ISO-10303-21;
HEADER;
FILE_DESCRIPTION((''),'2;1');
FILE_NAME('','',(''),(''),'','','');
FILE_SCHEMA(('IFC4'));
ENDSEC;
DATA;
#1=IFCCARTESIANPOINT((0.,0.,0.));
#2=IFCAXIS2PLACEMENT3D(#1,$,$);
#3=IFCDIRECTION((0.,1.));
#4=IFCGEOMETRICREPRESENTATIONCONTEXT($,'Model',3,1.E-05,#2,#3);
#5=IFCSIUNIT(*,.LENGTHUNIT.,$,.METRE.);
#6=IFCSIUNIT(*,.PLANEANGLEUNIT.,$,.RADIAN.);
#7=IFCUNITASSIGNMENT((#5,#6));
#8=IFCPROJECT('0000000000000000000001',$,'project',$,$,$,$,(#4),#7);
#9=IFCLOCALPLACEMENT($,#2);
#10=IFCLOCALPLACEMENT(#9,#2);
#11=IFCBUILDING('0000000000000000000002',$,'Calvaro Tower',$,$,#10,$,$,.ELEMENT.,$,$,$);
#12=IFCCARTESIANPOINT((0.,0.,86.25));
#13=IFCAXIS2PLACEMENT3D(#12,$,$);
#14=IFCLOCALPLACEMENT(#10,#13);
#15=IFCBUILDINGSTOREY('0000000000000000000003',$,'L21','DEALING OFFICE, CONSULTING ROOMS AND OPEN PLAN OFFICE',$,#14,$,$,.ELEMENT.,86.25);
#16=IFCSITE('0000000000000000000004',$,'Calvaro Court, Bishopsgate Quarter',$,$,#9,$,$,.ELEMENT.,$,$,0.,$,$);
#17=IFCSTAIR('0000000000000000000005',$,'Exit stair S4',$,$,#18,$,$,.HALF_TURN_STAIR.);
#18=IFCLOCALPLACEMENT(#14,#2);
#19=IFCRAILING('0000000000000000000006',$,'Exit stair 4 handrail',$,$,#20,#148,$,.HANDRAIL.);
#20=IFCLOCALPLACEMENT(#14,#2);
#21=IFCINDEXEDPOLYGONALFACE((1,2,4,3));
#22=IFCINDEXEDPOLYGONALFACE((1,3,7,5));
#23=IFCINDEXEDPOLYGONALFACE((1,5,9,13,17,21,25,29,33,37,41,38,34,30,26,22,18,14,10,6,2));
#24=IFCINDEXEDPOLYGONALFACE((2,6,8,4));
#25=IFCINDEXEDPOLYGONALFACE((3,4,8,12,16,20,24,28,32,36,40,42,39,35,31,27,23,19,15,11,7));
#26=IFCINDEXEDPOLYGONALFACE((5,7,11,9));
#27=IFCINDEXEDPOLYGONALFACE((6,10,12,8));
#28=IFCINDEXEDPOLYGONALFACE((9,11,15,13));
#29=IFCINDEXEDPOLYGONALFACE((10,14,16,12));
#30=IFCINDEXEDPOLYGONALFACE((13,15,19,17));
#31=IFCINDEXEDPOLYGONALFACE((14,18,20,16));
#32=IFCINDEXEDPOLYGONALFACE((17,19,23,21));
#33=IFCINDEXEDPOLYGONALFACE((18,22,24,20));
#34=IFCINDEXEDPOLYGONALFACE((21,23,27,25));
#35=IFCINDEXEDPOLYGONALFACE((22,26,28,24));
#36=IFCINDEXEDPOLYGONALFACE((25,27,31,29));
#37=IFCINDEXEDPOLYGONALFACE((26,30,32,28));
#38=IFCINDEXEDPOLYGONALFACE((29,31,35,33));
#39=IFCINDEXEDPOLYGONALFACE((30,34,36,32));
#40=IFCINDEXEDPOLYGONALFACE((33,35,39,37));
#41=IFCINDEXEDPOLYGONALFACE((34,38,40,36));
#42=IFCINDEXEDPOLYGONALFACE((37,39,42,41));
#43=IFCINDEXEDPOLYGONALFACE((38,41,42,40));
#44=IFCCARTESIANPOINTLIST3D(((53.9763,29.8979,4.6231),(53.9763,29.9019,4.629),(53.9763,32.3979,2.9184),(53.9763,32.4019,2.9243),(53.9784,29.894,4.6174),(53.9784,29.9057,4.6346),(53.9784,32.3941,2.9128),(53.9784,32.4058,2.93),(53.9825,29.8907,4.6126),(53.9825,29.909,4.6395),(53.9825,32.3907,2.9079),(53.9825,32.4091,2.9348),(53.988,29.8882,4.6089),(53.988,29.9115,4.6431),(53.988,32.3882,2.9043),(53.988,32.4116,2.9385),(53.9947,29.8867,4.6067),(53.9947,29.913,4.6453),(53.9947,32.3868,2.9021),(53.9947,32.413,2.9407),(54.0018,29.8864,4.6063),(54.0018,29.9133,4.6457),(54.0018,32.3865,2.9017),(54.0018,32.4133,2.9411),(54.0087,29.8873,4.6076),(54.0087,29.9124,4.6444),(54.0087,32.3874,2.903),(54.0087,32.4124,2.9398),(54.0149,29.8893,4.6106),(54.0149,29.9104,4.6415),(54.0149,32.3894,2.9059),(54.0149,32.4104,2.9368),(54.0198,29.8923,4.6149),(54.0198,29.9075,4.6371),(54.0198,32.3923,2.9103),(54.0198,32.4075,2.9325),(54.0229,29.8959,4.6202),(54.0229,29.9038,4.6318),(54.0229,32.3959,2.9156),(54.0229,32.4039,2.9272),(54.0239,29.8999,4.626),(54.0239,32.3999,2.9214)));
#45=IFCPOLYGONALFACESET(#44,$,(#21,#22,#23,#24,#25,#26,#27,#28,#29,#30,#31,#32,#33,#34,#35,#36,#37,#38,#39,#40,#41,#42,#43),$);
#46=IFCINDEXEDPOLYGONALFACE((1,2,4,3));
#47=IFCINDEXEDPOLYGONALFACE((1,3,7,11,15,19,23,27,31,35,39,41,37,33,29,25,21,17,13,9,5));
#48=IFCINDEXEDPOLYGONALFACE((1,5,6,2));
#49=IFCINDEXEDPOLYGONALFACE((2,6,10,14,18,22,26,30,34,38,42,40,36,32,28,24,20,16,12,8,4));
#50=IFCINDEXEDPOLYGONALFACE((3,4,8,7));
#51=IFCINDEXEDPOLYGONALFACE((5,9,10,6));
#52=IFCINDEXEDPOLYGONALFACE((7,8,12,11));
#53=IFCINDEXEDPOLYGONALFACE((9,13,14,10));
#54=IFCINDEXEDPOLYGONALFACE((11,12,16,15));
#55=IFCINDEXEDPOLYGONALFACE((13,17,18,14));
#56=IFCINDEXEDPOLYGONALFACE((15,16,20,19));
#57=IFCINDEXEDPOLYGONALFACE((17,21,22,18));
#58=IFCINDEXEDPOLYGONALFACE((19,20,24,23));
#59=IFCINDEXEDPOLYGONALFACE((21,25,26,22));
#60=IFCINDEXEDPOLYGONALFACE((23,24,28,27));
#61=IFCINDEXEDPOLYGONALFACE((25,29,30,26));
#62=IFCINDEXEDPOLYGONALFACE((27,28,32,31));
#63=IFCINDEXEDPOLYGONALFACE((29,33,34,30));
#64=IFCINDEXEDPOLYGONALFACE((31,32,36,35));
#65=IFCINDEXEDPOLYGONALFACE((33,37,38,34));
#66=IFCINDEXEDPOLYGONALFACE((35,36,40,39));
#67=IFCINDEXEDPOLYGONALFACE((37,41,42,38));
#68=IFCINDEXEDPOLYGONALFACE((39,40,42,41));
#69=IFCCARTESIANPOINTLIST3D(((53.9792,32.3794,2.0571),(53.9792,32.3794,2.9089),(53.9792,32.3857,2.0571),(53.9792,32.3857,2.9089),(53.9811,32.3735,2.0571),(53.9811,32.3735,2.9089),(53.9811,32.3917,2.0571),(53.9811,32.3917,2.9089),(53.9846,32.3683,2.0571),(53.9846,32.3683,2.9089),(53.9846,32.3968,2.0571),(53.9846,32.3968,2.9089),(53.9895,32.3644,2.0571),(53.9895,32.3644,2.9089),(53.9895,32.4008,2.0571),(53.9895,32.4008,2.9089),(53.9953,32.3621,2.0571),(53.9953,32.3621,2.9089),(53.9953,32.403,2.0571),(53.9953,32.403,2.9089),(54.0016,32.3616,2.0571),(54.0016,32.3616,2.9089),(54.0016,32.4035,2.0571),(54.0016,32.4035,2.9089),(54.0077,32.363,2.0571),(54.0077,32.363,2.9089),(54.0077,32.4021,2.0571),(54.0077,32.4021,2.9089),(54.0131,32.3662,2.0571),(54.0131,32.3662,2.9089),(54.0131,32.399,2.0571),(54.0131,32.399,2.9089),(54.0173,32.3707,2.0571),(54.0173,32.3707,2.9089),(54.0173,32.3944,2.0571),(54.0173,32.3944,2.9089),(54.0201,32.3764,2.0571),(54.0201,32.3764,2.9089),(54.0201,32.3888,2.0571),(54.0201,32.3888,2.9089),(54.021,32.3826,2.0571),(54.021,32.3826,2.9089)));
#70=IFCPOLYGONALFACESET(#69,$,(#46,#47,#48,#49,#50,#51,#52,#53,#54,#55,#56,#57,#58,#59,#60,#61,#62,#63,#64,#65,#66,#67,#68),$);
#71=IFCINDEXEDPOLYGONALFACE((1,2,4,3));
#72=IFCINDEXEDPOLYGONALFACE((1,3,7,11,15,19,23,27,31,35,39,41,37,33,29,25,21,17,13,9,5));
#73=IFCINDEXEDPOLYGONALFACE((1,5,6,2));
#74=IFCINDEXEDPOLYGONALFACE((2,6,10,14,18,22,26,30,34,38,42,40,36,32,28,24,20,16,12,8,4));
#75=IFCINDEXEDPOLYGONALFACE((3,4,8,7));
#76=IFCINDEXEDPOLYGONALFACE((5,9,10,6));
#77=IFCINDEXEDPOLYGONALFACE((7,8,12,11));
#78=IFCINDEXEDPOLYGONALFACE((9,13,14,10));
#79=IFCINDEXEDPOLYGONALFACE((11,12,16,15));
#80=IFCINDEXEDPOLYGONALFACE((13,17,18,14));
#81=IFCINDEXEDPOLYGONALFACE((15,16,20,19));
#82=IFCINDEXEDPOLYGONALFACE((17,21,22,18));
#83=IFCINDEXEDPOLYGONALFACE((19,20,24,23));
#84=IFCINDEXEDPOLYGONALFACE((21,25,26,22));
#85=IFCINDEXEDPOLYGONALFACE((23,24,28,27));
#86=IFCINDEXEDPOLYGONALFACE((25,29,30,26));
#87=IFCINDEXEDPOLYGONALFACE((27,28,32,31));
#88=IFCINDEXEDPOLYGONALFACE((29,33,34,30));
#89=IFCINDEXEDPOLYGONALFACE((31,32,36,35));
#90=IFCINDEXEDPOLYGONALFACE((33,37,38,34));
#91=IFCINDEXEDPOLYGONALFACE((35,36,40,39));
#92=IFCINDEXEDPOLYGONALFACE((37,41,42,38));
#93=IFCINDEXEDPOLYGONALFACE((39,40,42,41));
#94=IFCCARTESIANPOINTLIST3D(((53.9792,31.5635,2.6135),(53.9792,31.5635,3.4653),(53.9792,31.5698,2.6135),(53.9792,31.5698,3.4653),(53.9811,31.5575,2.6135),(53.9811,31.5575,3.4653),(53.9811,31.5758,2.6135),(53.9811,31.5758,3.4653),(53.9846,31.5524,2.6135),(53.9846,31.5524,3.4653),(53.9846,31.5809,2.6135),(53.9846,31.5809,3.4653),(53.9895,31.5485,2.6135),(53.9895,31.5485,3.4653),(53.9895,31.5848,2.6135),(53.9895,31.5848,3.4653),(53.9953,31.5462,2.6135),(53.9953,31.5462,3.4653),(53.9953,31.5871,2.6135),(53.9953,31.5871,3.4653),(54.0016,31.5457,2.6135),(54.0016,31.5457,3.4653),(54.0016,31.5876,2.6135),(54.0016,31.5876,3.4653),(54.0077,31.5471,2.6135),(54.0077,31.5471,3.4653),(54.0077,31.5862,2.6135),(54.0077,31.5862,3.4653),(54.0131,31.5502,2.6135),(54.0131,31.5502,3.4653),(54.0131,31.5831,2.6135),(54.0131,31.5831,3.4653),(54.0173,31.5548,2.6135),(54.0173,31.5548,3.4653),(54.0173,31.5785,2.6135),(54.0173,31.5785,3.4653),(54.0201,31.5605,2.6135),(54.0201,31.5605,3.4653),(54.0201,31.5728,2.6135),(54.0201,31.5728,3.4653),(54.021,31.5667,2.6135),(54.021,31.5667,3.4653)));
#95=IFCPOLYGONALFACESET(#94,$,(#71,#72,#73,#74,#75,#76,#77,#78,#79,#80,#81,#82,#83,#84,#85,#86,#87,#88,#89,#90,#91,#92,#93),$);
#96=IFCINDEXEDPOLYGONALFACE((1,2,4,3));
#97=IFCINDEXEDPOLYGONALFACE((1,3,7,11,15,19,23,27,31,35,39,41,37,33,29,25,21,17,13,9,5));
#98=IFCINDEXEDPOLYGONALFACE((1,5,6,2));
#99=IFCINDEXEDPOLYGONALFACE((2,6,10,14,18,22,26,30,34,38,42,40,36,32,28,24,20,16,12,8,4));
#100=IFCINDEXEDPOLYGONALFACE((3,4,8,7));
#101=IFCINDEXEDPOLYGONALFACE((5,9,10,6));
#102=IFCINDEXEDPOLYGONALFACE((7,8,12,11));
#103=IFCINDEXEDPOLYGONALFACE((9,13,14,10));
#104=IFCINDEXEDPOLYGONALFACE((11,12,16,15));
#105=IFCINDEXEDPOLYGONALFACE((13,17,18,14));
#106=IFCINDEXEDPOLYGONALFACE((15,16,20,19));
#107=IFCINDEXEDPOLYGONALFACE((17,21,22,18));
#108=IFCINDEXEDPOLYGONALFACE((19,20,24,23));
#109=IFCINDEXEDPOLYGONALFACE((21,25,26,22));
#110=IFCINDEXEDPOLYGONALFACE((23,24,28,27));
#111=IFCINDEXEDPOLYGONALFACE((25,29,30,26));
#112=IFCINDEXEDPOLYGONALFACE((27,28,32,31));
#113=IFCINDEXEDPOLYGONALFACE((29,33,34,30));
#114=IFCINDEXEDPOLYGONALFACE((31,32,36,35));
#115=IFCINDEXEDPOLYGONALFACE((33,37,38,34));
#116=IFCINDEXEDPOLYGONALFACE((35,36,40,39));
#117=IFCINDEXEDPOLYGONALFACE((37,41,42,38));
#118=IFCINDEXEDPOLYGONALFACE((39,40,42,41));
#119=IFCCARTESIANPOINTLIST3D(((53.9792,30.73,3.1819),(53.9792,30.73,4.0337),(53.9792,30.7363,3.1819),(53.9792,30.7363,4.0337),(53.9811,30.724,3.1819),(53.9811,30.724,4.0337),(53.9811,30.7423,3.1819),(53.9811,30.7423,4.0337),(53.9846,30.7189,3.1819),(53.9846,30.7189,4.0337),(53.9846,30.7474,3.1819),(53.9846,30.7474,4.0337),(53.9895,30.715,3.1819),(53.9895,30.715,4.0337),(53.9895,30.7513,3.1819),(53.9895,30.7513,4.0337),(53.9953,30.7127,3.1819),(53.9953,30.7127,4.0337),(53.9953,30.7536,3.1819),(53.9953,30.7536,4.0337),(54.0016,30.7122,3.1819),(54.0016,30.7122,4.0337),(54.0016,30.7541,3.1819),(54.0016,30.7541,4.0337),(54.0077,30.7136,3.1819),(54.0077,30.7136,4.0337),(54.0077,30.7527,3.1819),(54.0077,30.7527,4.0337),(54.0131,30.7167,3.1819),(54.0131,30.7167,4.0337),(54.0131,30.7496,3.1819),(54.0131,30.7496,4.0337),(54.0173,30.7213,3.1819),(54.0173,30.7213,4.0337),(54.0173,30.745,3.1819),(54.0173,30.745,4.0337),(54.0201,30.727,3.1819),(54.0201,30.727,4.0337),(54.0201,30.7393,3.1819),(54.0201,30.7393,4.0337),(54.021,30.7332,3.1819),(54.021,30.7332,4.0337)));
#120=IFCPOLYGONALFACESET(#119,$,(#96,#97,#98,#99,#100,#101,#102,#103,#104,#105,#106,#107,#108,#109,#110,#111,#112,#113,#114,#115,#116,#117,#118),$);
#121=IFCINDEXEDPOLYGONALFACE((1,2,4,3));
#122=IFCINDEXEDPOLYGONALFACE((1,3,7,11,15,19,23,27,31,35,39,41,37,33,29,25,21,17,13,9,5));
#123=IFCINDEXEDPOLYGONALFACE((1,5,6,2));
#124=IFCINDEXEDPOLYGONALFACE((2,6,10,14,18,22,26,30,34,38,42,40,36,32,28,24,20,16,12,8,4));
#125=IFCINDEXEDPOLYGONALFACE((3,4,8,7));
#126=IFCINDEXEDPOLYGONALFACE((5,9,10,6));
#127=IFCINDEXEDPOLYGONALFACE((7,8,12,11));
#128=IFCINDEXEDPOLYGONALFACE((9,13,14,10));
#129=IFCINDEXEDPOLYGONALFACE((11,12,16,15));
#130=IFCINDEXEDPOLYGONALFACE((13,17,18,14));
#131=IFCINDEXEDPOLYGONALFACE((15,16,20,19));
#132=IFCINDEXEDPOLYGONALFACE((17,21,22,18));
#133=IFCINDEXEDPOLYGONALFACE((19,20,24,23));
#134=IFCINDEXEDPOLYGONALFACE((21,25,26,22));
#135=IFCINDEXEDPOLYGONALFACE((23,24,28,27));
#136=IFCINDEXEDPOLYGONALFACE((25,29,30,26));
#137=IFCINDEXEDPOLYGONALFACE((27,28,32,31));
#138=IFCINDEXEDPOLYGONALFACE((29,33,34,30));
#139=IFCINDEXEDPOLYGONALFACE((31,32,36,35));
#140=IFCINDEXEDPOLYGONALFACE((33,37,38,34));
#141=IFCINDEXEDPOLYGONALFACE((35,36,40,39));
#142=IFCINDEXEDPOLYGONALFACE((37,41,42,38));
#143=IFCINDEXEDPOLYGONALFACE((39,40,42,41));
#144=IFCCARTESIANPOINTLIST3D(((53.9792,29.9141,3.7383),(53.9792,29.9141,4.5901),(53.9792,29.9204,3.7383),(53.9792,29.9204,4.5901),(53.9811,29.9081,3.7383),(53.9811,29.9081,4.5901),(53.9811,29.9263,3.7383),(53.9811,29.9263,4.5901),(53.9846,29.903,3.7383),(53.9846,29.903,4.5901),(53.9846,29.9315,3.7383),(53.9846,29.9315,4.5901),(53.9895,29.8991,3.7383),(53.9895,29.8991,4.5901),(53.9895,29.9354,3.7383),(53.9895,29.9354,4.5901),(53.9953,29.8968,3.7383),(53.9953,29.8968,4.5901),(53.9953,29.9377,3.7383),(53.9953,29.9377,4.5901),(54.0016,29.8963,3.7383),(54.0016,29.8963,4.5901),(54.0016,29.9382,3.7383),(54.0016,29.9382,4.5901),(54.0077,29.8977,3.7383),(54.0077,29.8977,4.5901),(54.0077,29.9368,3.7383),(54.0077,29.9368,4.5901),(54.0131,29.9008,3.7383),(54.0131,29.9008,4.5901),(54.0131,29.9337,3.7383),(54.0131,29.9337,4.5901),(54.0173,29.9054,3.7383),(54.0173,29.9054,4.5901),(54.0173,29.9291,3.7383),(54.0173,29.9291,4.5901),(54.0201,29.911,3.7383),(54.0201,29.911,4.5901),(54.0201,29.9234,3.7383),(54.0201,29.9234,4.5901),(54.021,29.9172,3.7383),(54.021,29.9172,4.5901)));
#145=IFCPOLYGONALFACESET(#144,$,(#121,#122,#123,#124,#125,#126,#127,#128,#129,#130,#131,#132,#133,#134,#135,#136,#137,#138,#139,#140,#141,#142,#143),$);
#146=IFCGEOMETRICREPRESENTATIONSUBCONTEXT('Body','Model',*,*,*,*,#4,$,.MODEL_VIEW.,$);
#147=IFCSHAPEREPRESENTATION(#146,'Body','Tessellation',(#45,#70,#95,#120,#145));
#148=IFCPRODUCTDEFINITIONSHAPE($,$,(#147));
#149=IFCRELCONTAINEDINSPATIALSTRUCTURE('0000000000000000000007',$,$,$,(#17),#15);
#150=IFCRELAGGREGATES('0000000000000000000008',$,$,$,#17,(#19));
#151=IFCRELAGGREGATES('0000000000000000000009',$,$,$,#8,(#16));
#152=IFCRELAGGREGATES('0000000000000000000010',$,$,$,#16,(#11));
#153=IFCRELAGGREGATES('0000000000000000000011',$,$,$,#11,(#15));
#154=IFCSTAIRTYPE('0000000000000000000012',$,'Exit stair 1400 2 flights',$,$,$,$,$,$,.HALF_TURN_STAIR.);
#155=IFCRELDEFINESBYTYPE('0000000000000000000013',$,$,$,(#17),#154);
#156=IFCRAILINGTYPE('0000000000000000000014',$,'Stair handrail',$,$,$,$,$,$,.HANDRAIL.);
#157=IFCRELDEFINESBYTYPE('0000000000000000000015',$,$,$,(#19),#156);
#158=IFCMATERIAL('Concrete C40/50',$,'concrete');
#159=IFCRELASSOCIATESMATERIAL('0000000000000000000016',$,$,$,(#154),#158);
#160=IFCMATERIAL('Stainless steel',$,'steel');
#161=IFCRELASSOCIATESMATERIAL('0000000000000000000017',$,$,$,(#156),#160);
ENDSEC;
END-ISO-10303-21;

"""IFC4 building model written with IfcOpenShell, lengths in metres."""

from ifc_helpers import new_model, si_unit, direction, frame, origin, origin_2d, place, context, subcontext, project, spatial, circle, extrude, material, type_object, element, aggregate, save


model = new_model("IFC4")

# Units and contexts
model_context = context("Model", 3, precision=1e-05, world=origin(), true_north=direction((0.0, 1.0)))
body_context = subcontext(model_context, "Body", "Model", "MODEL_VIEW")
ifc_project = project(units=[si_unit("LENGTHUNIT", "METRE"), si_unit("PLANEANGLEUNIT", "RADIAN")], contexts=[model_context])

# Site, building, storey
site_placement = place(None, origin())
site = spatial("IfcSite", under=ifc_project, at=site_placement, Name="Calvaro Court, Bishopsgate Quarter", CompositionType="ELEMENT", RefElevation=0.0)
building_placement = place(site_placement, origin())
building = spatial("IfcBuilding", under=site, at=building_placement, Name="Calvaro Tower", CompositionType="ELEMENT")
storey_placement = place(building_placement, frame((0.0, 0.0, 86.25)))
storey = spatial("IfcBuildingStorey", under=building, at=storey_placement, Name="L21", Description="DEALING OFFICE, CONSULTING ROOMS AND OPEN PLAN OFFICE", CompositionType="ELEMENT", Elevation=86.25)

# Shared definitions
ifc_material_1 = material(Name="Concrete C40/50", Category="concrete")
stair_type = type_object("IfcStairType", Name="Exit stair 1400 2 flights", PredefinedType="HALF_TURN_STAIR", material=ifc_material_1)

# Stair, railing
stair_1_placement = place(storey_placement, origin())
stair_1 = element("IfcStair", 1, at=stair_1_placement, inside=storey, type_object=stair_type, Name="Exit stair S4", PredefinedType="HALF_TURN_STAIR")
ifc_material_2 = material(Name="Stainless steel", Category="steel")
railing_type = type_object("IfcRailingType", Name="Stair handrail", PredefinedType="HANDRAIL", material=ifc_material_2)
railing_1_placement = place(storey_placement, frame((54.0, 32.3999, 2.0454)))
railing_1 = element("IfcRailing", 2, at=railing_1_placement, type_object=railing_type, Name="Exit stair 4 handrail", PredefinedType="HANDRAIL", context=body_context, shape_type="SweptSolid", body=[
    extrude(circle(Radius=0.0239, at=origin_2d()), frame((0.0, 0.0, 0.876), z_axis=(0.0, -0.826221, 0.563347), x_axis=(1.0, 0.0, 0.0)), (0.0, 0.0, 1.0), 3.0259),
    extrude(circle(Radius=0.021, at=origin_2d()), frame((0.0, -0.0173, 0.0117)), (0.0, 0.0, 1.0), 0.8518),
    extrude(circle(Radius=0.021, at=origin_2d()), frame((0.0, -0.8333, 0.5681)), (0.0, 0.0, 1.0), 0.8518),
    extrude(circle(Radius=0.021, at=origin_2d()), frame((0.0, -1.6667, 1.1365)), (0.0, 0.0, 1.0), 0.8518),
    extrude(circle(Radius=0.021, at=origin_2d()), frame((0.0, -2.4827, 1.6929)), (0.0, 0.0, 1.0), 0.8518),
])
aggregate(stair_1, [railing_1])

save(model, "model.ifc")
